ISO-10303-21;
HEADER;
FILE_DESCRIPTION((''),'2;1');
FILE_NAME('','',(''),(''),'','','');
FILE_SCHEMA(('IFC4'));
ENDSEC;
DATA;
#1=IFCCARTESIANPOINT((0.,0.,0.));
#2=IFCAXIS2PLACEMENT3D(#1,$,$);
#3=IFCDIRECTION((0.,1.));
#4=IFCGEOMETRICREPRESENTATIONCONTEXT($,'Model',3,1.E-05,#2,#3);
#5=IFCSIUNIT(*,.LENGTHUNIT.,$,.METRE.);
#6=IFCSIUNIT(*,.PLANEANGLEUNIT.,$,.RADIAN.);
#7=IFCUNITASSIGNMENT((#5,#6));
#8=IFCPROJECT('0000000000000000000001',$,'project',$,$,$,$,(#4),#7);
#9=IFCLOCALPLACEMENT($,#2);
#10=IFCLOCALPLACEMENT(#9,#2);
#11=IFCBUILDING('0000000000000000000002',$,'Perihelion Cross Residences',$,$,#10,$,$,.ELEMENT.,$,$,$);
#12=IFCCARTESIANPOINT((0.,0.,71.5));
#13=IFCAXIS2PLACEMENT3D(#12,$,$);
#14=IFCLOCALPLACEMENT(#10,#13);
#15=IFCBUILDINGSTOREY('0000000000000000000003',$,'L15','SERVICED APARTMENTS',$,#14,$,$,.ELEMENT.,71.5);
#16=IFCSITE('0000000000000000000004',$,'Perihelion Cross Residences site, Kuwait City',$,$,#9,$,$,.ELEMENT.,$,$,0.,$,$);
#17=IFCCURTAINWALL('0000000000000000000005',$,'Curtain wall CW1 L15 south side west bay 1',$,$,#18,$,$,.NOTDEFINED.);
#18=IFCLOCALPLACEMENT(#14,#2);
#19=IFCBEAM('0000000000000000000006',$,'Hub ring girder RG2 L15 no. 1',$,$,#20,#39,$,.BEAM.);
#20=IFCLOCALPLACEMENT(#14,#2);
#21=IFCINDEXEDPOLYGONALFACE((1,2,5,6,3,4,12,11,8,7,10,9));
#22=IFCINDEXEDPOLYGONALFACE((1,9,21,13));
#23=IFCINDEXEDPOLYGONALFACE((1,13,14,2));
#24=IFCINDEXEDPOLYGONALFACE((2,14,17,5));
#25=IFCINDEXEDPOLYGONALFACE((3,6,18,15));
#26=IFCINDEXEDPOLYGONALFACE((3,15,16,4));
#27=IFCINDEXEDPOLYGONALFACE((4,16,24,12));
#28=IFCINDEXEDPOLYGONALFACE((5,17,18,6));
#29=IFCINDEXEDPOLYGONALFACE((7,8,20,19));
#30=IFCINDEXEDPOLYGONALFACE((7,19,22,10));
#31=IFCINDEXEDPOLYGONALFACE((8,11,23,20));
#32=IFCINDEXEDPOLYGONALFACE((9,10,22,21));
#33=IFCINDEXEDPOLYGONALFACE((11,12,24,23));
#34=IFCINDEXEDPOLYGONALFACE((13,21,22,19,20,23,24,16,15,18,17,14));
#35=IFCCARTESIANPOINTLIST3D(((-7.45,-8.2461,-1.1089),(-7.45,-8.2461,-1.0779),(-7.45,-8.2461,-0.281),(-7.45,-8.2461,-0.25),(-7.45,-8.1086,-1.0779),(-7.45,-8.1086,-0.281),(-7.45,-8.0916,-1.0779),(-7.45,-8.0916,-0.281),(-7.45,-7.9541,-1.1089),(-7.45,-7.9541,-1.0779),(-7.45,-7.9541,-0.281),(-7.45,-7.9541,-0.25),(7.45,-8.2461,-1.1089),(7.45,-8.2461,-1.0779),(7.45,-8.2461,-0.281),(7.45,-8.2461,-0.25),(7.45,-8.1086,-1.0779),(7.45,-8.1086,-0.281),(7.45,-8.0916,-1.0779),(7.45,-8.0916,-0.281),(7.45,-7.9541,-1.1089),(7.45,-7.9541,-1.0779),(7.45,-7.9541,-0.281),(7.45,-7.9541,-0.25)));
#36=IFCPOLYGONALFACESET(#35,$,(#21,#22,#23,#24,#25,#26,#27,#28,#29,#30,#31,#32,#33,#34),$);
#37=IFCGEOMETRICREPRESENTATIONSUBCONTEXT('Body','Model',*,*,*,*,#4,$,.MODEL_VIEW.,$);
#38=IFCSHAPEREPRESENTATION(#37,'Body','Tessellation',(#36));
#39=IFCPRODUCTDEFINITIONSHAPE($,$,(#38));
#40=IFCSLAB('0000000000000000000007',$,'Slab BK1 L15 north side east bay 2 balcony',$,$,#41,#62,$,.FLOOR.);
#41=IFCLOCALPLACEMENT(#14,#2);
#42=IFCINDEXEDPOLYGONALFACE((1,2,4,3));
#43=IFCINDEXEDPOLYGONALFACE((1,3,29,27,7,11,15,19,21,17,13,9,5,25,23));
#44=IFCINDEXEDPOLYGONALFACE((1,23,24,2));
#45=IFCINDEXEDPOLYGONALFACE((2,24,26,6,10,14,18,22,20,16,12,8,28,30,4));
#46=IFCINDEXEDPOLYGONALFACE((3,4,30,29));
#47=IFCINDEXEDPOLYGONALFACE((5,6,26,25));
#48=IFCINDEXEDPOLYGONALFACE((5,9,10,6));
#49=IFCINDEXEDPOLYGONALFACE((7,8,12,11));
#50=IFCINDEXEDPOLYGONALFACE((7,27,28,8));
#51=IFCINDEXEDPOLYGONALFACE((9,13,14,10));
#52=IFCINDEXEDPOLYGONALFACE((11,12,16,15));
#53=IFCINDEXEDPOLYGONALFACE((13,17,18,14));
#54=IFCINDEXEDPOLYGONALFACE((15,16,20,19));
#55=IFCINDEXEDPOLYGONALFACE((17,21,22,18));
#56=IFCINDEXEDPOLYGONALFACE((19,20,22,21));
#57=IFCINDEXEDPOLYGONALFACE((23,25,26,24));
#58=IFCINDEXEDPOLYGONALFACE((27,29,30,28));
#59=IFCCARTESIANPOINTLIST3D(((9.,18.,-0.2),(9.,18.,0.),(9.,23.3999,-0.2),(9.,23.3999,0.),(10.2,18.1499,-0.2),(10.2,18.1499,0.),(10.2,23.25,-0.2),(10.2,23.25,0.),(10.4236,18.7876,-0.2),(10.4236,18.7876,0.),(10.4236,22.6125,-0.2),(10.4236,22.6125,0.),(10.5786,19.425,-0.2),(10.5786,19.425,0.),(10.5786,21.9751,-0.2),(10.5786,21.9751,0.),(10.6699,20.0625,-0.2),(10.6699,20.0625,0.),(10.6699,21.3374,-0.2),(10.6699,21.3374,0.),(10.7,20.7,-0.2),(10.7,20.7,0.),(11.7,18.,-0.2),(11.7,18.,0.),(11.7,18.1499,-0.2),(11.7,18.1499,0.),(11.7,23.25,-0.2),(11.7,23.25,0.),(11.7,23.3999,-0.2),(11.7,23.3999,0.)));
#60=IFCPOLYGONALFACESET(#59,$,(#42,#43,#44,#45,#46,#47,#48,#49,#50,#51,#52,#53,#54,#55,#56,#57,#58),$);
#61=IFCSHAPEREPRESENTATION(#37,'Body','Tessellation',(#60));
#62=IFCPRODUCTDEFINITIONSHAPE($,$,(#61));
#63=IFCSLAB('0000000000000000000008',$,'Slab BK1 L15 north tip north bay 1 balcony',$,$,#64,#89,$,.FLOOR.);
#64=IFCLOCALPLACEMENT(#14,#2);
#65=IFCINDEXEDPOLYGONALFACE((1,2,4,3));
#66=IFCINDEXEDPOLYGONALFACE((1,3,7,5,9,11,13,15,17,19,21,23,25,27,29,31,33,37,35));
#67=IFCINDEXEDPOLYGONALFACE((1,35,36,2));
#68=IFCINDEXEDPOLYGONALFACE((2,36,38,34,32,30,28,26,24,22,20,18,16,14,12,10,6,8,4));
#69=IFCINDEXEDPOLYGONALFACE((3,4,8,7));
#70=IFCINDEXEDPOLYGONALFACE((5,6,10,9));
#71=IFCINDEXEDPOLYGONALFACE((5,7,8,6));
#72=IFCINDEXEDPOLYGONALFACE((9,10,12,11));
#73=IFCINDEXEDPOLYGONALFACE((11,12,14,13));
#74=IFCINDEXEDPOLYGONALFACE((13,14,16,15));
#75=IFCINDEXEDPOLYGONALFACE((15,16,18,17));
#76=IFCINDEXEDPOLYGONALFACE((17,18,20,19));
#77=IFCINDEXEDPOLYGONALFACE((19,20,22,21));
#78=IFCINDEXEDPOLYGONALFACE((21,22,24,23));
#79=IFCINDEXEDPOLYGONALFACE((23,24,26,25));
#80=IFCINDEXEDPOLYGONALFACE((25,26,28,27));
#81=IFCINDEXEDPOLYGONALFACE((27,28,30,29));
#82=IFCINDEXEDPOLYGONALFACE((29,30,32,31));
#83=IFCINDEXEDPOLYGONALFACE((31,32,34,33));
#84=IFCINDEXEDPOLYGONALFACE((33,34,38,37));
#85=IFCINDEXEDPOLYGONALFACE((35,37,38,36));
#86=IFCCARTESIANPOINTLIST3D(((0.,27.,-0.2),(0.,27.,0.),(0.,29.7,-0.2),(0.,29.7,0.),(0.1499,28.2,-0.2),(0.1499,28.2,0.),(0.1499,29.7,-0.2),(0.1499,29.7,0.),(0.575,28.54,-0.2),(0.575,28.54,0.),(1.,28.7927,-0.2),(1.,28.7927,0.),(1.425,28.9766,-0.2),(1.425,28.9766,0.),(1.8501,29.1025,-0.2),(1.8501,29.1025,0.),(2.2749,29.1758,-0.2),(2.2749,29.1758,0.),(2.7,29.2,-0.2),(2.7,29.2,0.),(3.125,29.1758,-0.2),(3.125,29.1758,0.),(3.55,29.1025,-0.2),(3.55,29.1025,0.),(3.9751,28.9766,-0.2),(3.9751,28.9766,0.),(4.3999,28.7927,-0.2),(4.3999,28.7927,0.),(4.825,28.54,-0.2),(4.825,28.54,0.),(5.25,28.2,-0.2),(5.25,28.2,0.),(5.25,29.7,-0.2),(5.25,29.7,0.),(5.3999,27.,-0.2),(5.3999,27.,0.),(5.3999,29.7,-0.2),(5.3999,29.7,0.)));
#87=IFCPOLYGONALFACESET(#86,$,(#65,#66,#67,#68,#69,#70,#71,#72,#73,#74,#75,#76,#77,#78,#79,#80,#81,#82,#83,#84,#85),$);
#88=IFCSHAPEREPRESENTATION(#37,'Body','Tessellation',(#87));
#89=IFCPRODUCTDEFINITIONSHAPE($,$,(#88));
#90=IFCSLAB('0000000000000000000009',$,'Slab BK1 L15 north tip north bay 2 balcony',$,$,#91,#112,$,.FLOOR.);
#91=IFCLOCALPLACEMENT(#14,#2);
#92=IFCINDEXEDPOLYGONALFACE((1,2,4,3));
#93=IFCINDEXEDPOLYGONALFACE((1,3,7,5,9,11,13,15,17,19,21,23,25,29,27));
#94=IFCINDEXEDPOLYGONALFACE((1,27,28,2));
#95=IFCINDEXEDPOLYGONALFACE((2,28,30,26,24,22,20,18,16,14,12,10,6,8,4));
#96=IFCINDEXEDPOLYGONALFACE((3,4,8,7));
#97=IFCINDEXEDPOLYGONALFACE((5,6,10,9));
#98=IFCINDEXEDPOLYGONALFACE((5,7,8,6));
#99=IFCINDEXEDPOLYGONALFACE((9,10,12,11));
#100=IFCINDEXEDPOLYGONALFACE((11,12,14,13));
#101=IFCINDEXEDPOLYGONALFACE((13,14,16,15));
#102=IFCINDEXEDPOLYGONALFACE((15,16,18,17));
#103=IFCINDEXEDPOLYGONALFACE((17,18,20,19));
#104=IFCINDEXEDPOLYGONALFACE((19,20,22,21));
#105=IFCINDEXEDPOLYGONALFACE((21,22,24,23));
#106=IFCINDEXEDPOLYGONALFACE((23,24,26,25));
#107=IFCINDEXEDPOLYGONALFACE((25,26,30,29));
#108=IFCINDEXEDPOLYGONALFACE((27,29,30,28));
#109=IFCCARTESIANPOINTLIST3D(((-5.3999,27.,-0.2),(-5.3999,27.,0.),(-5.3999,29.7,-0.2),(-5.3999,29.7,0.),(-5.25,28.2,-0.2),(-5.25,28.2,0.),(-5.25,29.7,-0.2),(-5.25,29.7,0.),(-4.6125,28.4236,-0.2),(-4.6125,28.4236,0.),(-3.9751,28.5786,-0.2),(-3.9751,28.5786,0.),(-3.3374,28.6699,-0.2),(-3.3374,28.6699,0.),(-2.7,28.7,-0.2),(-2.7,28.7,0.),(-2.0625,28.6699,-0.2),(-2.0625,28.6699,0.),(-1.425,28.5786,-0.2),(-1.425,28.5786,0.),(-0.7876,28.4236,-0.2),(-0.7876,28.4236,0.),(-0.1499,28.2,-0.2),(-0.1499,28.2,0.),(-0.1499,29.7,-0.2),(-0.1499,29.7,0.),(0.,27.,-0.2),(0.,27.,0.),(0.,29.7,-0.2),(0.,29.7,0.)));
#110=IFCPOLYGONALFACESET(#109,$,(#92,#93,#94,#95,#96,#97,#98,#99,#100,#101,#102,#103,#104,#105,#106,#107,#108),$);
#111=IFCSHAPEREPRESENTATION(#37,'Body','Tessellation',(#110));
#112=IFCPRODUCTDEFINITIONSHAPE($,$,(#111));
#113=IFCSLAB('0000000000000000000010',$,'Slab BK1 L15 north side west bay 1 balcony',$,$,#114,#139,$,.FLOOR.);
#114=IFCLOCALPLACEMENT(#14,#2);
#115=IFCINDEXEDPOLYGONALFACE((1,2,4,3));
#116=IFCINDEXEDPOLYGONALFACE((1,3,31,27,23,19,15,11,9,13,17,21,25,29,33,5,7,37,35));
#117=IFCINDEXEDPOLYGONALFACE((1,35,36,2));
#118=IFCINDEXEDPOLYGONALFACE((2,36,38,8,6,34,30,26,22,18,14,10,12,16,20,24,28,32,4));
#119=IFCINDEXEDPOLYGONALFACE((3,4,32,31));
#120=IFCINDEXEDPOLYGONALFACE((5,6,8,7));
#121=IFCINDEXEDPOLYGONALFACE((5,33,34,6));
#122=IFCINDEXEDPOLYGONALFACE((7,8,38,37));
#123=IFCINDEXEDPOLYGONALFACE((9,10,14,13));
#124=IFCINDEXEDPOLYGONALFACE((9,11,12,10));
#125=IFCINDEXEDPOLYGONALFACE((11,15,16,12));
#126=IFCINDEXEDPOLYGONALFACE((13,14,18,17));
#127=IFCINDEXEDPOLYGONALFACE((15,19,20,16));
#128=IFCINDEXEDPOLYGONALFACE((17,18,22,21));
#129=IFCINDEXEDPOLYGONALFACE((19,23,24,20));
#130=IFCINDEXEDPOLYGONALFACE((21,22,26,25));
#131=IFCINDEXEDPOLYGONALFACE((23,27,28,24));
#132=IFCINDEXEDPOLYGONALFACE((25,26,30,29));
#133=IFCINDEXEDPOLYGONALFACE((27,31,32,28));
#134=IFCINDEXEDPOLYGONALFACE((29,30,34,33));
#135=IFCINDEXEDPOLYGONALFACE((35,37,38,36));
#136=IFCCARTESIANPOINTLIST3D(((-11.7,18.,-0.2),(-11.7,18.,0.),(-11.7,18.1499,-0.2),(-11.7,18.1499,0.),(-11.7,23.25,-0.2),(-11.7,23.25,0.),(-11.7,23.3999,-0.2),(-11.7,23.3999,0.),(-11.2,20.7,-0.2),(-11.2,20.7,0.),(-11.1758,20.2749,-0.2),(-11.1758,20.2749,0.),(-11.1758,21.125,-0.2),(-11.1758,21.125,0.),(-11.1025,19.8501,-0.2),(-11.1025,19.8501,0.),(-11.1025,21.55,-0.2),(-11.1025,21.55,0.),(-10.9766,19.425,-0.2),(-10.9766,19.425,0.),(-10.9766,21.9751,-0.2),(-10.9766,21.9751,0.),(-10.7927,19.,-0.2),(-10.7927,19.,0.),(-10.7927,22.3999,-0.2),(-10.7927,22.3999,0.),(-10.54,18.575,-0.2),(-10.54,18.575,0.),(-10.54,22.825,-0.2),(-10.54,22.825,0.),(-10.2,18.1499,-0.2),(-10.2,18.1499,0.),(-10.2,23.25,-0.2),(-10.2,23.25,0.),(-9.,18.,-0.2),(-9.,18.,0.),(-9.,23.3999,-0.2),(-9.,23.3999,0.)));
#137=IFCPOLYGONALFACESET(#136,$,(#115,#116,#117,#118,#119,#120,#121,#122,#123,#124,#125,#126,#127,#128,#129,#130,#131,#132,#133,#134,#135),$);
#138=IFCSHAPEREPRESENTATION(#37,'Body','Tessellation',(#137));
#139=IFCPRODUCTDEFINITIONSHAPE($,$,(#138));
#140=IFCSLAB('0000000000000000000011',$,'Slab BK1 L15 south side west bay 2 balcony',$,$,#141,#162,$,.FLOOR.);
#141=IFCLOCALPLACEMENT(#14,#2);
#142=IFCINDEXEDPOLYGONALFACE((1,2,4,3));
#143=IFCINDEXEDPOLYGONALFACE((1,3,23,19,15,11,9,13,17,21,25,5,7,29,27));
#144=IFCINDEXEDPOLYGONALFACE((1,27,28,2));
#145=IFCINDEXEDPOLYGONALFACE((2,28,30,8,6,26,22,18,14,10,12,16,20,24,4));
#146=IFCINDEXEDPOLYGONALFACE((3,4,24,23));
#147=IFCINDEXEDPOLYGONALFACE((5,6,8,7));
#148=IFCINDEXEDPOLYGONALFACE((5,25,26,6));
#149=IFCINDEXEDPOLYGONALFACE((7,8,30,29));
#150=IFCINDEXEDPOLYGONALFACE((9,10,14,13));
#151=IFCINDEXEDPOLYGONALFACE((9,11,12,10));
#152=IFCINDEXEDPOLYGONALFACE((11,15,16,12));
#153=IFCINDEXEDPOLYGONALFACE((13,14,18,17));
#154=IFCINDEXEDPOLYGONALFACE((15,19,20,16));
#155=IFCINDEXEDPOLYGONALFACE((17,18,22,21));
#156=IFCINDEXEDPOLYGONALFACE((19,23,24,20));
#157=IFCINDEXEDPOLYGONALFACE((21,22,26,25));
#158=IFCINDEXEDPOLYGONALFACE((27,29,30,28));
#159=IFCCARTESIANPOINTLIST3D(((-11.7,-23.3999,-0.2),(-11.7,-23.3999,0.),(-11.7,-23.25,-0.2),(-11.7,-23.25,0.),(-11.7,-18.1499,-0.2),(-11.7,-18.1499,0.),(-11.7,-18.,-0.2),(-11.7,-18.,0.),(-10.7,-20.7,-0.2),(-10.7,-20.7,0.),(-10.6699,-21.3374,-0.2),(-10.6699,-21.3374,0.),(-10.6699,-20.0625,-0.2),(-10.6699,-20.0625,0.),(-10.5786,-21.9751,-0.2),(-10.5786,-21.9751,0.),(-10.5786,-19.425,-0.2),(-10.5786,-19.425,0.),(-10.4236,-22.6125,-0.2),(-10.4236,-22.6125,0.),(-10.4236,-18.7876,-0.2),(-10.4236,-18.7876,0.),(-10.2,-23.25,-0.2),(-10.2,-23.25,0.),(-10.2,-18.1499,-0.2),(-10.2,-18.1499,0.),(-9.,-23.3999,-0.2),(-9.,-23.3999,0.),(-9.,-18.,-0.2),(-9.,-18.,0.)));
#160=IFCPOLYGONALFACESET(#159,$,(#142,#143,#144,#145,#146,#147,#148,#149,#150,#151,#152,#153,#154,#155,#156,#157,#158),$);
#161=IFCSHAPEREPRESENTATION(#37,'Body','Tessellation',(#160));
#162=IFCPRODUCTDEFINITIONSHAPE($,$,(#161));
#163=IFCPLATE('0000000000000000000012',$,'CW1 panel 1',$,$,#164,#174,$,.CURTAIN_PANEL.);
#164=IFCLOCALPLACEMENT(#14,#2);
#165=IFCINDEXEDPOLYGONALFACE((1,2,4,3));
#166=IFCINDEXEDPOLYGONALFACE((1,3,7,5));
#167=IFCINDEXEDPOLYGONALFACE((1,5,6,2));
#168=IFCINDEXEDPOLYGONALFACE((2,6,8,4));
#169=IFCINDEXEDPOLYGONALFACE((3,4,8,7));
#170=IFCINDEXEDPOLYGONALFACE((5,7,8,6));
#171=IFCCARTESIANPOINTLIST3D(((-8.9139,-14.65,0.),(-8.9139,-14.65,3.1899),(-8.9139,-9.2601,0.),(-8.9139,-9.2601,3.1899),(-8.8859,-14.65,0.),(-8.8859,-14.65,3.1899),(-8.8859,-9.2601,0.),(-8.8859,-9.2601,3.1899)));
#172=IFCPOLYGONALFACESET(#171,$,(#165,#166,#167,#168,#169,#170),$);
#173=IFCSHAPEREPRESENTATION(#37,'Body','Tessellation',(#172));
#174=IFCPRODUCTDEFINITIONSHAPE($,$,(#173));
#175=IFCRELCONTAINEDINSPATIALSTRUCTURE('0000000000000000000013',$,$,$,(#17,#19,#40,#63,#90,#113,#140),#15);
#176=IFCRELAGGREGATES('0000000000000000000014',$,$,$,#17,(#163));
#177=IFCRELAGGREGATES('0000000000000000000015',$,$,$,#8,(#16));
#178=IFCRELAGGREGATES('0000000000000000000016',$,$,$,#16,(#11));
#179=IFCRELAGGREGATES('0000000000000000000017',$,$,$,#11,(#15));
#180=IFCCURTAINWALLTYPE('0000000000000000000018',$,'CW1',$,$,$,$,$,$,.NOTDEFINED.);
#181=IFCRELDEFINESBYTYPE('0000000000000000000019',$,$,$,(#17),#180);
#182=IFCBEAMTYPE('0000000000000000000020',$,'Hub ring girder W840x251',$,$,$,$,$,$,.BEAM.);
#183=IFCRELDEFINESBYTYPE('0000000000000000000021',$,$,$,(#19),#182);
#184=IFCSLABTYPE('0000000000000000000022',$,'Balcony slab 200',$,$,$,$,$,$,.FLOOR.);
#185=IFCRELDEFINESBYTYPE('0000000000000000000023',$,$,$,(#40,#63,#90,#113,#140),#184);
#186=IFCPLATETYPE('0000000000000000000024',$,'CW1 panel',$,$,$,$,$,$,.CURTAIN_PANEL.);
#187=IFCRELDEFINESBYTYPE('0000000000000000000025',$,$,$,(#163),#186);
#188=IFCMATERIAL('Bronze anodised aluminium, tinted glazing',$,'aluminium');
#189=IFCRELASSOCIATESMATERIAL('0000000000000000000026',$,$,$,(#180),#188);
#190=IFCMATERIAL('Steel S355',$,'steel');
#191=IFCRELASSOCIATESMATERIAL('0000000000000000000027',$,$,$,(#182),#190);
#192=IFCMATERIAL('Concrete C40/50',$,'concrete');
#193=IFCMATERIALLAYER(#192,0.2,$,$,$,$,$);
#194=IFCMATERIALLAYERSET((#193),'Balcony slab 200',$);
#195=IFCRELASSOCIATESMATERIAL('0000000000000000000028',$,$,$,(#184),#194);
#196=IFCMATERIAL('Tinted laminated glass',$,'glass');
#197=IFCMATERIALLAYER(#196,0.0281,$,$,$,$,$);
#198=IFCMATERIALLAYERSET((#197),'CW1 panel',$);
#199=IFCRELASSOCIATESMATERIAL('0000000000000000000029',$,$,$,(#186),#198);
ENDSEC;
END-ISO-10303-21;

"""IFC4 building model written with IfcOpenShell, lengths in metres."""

from ifc_helpers import new_model, si_unit, direction, frame, origin, origin_2d, place, context, subcontext, project, spatial, polyline, rectangle, i_section, outline, extrude, material, layer, layer_set, material_profile, profile_set, type_object, element, aggregate, save


model = new_model("IFC4")

# Units and contexts
model_context = context("Model", 3, precision=1e-05, world=origin(), true_north=direction((0.0, 1.0)))
body_context = subcontext(model_context, "Body", "Model", "MODEL_VIEW")
ifc_project = project(units=[si_unit("LENGTHUNIT", "METRE"), si_unit("PLANEANGLEUNIT", "RADIAN")], contexts=[model_context])

# Site, building, storey
site_placement = place(None, origin())
site = spatial("IfcSite", under=ifc_project, at=site_placement, Name="Perihelion Cross Residences site, Kuwait City", CompositionType="ELEMENT", RefElevation=0.0)
building_placement = place(site_placement, origin())
building = spatial("IfcBuilding", under=site, at=building_placement, Name="Perihelion Cross Residences", CompositionType="ELEMENT")
storey_placement = place(building_placement, frame((0.0, 0.0, 71.5)))
storey = spatial("IfcBuildingStorey", under=building, at=storey_placement, Name="L15", Description="SERVICED APARTMENTS", CompositionType="ELEMENT", Elevation=71.5)

# Curtain wall
ifc_material_1 = material(Name="Bronze anodised aluminium, tinted glazing", Category="aluminium")
curtain_wall_type = type_object("IfcCurtainWallType", Name="CW1", PredefinedType="NOTDEFINED", material=ifc_material_1)
curtain_wall_placement = place(storey_placement, origin())
curtain_wall = element("IfcCurtainWall", 1, at=curtain_wall_placement, inside=storey, type_object=curtain_wall_type, Name="Curtain wall CW1 L15 south side west bay 1", PredefinedType="NOTDEFINED")

# Beam
ifc_material_2 = material(Name="Steel S355", Category="steel")
ifc_material_profile_1 = material_profile(ifc_material_2, i_section(OverallWidth=0.292, OverallDepth=0.8589, WebThickness=0.0171, FlangeThickness=0.031, at=origin_2d()), Name="W840x251")
ifc_profile_set_1 = profile_set([ifc_material_profile_1], Name="Steel S355")
beam_type_1 = type_object("IfcBeamType", Name="Hub ring girder W840x251", PredefinedType="BEAM", material=ifc_profile_set_1)
beam_1_placement = place(storey_placement, frame((-7.45, -8.1001, -0.6794), z_axis=(1.0, 0.0, 0.0), x_axis=(0.0, 1.0, 0.0)))
element("IfcBeam", 2, at=beam_1_placement, inside=storey, type_object=beam_type_1, Name="Hub ring girder RG2 L15 no. 1", PredefinedType="BEAM", context=body_context, shape_type="SweptSolid", body=[
    extrude(i_section(OverallWidth=0.292, OverallDepth=0.8589, WebThickness=0.0171, FlangeThickness=0.031, at=origin_2d()), origin(), (0.0, 0.0, 1.0), 14.8999),
])

# Slabs
ifc_material_3 = material(Name="Concrete C40/50", Category="concrete")
ifc_layer_1 = layer(ifc_material_3, 0.2)
ifc_layer_set_1 = layer_set([ifc_layer_1], Name="Balcony slab 200")
slab_type_1 = type_object("IfcSlabType", Name="Balcony slab 200", PredefinedType="FLOOR", material=ifc_layer_set_1)
slab_1_placement = place(storey_placement, frame((0.0, 0.0, -0.2)))
element("IfcSlab", 3, at=slab_1_placement, inside=storey, type_object=slab_type_1, Name="Slab BK1 L15 north side east bay 2 balcony", PredefinedType="FLOOR", context=body_context, shape_type="SweptSolid", body=[
    extrude(outline(polyline([(9.0, 18.0), (9.0, 23.3999), (11.7, 23.3999), (11.7, 23.25), (10.2, 23.25), (10.4236, 22.6125), (10.5786, 21.9751), (10.6699, 21.3374), (10.7, 20.7), (10.6699, 20.0625), (10.5786, 19.425), (10.4236, 18.7876), (10.2, 18.1499), (11.7, 18.1499), (11.7, 18.0), (9.0, 18.0)])), origin(), (0.0, 0.0, 1.0), 0.2),
])
slab_2_placement = place(storey_placement, frame((0.0, 0.0, -0.2)))
element("IfcSlab", 4, at=slab_2_placement, inside=storey, type_object=slab_type_1, Name="Slab BK1 L15 north tip north bay 1 balcony", PredefinedType="FLOOR", context=body_context, shape_type="SweptSolid", body=[
    extrude(outline(polyline([(5.3999, 27.0), (0.0, 27.0), (0.0, 29.7), (0.1499, 29.7), (0.1499, 28.2), (0.575, 28.54), (1.0, 28.7927), (1.425, 28.9766), (1.8501, 29.1025), (2.2749, 29.1758), (2.7, 29.2), (3.125, 29.1758), (3.55, 29.1025), (3.9751, 28.9766), (4.3999, 28.7927), (4.825, 28.54), (5.25, 28.2), (5.25, 29.7), (5.3999, 29.7), (5.3999, 27.0)])), origin(), (0.0, 0.0, 1.0), 0.2),
])
slab_3_placement = place(storey_placement, frame((0.0, 0.0, -0.2)))
element("IfcSlab", 5, at=slab_3_placement, inside=storey, type_object=slab_type_1, Name="Slab BK1 L15 north tip north bay 2 balcony", PredefinedType="FLOOR", context=body_context, shape_type="SweptSolid", body=[
    extrude(outline(polyline([(0.0, 27.0), (-5.3999, 27.0), (-5.3999, 29.7), (-5.25, 29.7), (-5.25, 28.2), (-4.6125, 28.4236), (-3.9751, 28.5786), (-3.3374, 28.6699), (-2.7, 28.7), (-2.0625, 28.6699), (-1.425, 28.5786), (-0.7876, 28.4236), (-0.1499, 28.2), (-0.1499, 29.7), (0.0, 29.7), (0.0, 27.0)])), origin(), (0.0, 0.0, 1.0), 0.2),
])
slab_4_placement = place(storey_placement, frame((0.0, 0.0, -0.2)))
element("IfcSlab", 6, at=slab_4_placement, inside=storey, type_object=slab_type_1, Name="Slab BK1 L15 north side west bay 1 balcony", PredefinedType="FLOOR", context=body_context, shape_type="SweptSolid", body=[
    extrude(outline(polyline([(-9.0, 23.3999), (-9.0, 18.0), (-11.7, 18.0), (-11.7, 18.1499), (-10.2, 18.1499), (-10.54, 18.575), (-10.7927, 19.0), (-10.9766, 19.425), (-11.1025, 19.8501), (-11.1758, 20.2749), (-11.2, 20.7), (-11.1758, 21.125), (-11.1025, 21.55), (-10.9766, 21.9751), (-10.7927, 22.3999), (-10.54, 22.825), (-10.2, 23.25), (-11.7, 23.25), (-11.7, 23.3999), (-9.0, 23.3999)])), origin(), (0.0, 0.0, 1.0), 0.2),
])
slab_5_placement = place(storey_placement, frame((0.0, 0.0, -0.2)))
element("IfcSlab", 7, at=slab_5_placement, inside=storey, type_object=slab_type_1, Name="Slab BK1 L15 south side west bay 2 balcony", PredefinedType="FLOOR", context=body_context, shape_type="SweptSolid", body=[
    extrude(outline(polyline([(-9.0, -18.0), (-9.0, -23.3999), (-11.7, -23.3999), (-11.7, -23.25), (-10.2, -23.25), (-10.4236, -22.6125), (-10.5786, -21.9751), (-10.6699, -21.3374), (-10.7, -20.7), (-10.6699, -20.0625), (-10.5786, -19.425), (-10.4236, -18.7876), (-10.2, -18.1499), (-11.7, -18.1499), (-11.7, -18.0), (-9.0, -18.0)])), origin(), (0.0, 0.0, 1.0), 0.2),
])

# Plate
ifc_material_4 = material(Name="Tinted laminated glass", Category="glass")
ifc_layer_2 = layer(ifc_material_4, 0.0281)
ifc_layer_set_2 = layer_set([ifc_layer_2], Name="CW1 panel")
plate_type = type_object("IfcPlateType", Name="CW1 panel", PredefinedType="CURTAIN_PANEL", material=ifc_layer_set_2)
plate_placement = place(storey_placement, frame((-8.8999, -11.9551, 0.0), z_axis=(0.0, 0.0, 1.0), x_axis=(0.0, -1.0, 0.0)))
plate = element("IfcPlate", 8, at=plate_placement, type_object=plate_type, Name="CW1 panel 1", PredefinedType="CURTAIN_PANEL", context=body_context, shape_type="SweptSolid", body=[
    extrude(rectangle(XDim=5.3899, YDim=0.0281, at=origin_2d()), origin(), (0.0, 0.0, 1.0), 3.1899),
])
aggregate(curtain_wall, [plate])

save(model, "model.ifc")
